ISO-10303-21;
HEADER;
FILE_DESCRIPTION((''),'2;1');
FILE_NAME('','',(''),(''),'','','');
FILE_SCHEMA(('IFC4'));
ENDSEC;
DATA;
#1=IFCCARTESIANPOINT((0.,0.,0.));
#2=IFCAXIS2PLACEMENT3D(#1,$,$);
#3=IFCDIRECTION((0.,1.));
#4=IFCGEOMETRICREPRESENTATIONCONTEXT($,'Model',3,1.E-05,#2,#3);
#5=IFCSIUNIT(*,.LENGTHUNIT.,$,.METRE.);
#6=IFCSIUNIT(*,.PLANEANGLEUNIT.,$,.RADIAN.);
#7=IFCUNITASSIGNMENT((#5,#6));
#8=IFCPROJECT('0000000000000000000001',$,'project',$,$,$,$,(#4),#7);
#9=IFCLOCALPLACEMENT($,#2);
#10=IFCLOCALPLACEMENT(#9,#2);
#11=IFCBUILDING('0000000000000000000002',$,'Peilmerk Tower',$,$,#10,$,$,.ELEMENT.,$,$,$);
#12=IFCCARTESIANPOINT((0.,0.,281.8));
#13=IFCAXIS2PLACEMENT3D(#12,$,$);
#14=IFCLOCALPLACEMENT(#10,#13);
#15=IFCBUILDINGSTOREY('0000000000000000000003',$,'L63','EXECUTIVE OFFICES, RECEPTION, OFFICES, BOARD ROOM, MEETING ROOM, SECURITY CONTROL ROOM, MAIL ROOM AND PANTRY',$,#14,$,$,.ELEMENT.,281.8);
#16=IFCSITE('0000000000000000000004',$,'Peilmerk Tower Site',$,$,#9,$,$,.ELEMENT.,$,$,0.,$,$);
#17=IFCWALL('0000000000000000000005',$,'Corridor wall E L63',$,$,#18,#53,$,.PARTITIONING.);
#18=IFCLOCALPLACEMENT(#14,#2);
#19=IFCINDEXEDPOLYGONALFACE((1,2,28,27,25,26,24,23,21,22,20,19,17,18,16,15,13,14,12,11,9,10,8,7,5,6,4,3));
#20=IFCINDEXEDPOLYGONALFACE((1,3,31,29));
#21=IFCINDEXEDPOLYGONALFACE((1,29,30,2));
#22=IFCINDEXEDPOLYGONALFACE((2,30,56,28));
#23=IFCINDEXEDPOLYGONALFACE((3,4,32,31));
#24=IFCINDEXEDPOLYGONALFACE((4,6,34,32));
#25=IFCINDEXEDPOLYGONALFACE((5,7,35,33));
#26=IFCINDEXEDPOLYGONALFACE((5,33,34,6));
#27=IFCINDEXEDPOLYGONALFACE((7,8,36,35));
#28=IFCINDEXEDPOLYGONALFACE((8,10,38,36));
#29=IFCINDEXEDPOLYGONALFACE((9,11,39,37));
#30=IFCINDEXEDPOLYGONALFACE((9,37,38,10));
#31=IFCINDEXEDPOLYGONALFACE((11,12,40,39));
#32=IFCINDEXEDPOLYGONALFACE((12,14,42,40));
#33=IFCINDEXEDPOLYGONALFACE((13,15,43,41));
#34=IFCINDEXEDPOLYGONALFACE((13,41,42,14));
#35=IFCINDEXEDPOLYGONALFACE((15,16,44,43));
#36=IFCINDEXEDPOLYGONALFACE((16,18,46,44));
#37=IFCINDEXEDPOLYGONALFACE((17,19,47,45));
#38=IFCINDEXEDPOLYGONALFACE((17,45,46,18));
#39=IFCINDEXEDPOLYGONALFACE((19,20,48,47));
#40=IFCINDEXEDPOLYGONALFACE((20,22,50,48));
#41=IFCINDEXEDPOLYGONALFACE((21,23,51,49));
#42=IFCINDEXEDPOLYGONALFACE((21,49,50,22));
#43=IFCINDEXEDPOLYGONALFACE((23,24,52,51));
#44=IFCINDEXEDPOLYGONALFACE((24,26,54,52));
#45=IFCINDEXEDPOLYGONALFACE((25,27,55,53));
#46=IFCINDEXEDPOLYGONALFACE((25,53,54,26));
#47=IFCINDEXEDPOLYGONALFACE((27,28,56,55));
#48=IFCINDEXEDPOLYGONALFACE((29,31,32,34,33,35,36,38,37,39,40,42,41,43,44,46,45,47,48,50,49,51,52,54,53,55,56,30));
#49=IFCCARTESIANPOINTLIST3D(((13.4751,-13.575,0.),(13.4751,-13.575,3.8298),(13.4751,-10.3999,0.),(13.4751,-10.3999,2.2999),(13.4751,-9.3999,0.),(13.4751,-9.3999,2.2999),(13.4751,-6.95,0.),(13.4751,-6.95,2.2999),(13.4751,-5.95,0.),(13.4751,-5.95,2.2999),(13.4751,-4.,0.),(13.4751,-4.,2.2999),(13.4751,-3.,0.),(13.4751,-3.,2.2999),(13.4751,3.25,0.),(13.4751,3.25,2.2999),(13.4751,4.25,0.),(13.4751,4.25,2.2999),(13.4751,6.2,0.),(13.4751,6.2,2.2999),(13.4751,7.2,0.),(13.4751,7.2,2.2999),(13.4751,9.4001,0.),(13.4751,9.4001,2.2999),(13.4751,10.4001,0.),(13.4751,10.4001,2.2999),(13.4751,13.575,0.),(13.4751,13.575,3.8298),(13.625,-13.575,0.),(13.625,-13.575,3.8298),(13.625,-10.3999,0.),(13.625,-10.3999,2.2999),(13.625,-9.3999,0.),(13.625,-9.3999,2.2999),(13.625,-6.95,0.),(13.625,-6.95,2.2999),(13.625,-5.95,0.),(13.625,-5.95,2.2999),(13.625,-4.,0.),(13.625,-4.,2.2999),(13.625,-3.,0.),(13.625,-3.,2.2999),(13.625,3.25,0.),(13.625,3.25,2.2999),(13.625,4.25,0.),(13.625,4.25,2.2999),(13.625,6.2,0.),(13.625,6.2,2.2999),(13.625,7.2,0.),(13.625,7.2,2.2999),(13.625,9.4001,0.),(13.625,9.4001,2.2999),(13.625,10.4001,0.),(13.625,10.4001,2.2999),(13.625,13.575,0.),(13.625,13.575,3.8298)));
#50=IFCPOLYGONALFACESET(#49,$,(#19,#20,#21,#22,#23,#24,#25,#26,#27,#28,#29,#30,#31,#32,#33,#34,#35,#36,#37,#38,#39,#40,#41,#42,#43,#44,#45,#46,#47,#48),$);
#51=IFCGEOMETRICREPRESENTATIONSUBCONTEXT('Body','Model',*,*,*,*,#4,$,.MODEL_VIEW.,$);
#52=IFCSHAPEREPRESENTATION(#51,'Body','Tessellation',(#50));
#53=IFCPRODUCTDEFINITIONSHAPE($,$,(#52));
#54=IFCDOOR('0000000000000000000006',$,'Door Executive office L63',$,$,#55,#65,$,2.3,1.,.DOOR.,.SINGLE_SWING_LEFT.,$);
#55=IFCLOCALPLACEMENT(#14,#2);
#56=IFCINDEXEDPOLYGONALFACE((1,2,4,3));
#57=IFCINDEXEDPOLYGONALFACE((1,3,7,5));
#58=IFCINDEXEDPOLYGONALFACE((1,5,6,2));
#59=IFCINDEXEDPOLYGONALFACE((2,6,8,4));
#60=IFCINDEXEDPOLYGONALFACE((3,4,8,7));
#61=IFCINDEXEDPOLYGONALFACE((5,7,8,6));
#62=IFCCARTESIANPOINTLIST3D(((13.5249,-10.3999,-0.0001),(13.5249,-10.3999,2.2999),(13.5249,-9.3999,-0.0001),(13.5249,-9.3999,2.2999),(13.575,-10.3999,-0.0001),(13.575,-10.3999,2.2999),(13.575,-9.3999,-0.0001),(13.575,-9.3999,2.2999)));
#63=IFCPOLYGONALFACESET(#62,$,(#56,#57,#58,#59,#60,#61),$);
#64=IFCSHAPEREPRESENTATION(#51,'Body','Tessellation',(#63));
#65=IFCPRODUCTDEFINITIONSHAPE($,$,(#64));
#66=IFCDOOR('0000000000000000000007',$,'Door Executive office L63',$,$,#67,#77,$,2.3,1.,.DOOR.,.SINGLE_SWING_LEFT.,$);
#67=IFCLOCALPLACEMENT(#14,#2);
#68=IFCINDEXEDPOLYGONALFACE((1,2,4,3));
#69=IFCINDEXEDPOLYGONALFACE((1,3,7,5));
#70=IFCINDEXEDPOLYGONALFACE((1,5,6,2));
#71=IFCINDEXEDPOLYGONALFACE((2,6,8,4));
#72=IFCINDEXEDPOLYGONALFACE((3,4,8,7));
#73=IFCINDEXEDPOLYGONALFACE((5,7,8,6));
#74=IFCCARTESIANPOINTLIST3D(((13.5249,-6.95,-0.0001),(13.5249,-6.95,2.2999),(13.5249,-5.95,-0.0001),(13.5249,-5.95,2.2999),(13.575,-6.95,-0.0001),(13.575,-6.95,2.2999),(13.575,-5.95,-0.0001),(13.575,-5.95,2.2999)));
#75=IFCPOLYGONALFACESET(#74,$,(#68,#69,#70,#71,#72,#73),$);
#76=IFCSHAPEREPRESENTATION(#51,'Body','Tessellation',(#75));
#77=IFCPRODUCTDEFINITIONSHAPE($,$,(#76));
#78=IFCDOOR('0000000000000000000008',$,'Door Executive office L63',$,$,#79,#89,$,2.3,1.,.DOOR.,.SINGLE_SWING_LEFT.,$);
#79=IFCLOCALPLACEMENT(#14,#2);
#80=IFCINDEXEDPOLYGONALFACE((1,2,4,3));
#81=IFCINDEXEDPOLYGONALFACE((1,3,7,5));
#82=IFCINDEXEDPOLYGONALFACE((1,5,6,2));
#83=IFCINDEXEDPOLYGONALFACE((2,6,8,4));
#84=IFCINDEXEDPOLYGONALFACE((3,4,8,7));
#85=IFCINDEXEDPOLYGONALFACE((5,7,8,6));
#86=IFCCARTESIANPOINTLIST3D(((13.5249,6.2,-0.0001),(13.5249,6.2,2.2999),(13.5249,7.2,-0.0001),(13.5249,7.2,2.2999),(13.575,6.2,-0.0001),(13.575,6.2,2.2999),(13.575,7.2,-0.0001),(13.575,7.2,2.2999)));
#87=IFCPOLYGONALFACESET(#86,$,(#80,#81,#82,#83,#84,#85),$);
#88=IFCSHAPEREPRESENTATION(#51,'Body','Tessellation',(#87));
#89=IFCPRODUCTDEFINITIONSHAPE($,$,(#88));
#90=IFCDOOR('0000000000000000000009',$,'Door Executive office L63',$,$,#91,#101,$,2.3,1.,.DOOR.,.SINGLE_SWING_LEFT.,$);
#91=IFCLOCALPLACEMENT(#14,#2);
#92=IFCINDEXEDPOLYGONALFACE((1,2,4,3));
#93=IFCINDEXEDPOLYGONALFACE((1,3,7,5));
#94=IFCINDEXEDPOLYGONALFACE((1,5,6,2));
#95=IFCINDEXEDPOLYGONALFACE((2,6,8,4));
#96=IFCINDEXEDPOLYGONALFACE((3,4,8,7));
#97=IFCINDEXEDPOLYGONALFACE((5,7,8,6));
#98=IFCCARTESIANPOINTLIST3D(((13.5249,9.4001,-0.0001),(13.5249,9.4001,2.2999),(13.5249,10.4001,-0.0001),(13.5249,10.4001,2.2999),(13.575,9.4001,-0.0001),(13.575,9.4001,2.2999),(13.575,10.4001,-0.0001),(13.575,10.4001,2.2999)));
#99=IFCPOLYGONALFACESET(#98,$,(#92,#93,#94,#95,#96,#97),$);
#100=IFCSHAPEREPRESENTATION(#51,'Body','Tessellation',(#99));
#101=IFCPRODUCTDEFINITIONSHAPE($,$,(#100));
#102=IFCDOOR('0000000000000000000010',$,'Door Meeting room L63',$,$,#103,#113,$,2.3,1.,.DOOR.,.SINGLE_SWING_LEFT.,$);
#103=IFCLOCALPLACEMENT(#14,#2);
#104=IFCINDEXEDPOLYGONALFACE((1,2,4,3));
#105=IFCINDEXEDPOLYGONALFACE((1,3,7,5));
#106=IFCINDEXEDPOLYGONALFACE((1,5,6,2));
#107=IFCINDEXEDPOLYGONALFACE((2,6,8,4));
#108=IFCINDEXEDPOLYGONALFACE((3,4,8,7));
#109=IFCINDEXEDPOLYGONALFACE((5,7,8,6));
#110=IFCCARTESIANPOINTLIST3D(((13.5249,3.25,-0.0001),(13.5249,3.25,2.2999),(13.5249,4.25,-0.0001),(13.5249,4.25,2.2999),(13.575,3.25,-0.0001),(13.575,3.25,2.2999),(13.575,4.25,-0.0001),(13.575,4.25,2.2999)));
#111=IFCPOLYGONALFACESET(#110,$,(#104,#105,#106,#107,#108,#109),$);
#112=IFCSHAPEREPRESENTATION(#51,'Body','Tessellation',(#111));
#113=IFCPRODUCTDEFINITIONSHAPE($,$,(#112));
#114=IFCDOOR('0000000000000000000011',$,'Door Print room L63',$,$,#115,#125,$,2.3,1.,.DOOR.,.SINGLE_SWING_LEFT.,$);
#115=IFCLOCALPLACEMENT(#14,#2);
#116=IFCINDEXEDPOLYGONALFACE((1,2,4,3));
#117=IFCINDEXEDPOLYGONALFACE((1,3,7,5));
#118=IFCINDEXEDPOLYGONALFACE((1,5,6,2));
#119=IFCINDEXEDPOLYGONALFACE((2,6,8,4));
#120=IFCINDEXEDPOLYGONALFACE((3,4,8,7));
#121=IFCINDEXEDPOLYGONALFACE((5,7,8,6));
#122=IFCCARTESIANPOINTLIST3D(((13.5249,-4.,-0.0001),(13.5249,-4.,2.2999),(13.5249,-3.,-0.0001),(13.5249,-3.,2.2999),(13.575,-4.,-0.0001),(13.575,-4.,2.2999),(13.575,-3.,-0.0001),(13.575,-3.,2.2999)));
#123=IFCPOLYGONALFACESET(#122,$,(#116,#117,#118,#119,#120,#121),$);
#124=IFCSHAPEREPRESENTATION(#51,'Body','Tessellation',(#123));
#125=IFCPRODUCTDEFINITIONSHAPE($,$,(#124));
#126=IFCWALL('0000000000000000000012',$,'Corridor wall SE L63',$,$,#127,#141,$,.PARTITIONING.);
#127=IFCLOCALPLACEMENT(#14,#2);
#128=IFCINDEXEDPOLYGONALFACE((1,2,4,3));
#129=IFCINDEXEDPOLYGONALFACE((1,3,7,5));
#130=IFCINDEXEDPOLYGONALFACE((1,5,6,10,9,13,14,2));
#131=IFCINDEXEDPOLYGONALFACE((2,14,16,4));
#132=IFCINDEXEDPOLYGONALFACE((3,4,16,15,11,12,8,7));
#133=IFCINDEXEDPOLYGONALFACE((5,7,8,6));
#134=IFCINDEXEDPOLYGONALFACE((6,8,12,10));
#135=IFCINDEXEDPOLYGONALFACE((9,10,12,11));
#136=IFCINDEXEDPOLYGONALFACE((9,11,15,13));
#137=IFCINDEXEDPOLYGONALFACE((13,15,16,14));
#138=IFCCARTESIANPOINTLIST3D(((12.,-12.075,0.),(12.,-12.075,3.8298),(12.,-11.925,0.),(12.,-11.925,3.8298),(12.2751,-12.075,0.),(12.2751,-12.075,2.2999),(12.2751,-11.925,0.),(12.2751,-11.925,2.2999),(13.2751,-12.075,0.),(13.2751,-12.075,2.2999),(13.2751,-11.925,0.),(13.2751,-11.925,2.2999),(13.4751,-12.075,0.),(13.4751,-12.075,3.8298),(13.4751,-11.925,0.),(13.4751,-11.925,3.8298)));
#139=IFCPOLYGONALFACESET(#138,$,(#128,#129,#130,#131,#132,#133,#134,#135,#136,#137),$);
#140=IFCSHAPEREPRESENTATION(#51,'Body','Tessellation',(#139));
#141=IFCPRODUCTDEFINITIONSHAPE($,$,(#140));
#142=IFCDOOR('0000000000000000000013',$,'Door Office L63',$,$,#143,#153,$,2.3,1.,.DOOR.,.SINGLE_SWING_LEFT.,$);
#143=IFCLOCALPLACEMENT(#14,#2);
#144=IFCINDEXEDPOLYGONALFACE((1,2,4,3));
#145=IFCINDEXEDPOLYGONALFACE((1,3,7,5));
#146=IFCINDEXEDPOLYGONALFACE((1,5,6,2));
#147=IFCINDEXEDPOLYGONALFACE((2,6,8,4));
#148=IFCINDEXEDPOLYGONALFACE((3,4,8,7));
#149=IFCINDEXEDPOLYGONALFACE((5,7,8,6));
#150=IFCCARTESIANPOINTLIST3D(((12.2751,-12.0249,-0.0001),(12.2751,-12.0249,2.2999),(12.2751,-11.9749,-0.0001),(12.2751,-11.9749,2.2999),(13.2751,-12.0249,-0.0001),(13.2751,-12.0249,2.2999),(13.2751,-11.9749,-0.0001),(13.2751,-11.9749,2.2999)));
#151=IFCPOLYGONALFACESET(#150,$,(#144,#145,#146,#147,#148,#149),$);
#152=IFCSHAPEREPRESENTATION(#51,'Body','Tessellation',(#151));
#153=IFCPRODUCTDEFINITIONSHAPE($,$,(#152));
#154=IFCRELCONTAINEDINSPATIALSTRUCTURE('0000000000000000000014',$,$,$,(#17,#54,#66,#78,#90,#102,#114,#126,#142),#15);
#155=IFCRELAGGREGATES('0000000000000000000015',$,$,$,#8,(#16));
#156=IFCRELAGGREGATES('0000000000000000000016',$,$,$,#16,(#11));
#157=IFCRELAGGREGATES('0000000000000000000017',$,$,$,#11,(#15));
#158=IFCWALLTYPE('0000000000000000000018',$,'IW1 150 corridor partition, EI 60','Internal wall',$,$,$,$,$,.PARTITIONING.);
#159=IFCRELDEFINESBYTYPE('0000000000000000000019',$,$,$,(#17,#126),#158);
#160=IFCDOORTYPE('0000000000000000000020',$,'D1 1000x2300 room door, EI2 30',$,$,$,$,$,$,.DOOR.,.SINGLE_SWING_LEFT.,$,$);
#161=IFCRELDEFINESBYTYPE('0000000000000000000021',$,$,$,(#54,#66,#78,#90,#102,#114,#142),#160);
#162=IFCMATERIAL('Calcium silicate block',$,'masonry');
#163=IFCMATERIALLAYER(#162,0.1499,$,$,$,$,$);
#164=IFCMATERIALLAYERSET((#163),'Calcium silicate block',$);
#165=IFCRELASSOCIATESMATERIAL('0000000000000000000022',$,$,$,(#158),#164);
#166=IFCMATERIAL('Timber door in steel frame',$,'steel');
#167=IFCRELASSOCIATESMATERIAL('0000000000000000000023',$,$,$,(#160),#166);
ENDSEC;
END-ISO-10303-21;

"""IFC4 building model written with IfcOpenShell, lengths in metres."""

from ifc_helpers import new_model, si_unit, direction, frame, frame_2d, origin, place, context, subcontext, project, spatial, rectangle, extrude, material, layer, layer_set, type_object, element, fill, save


model = new_model("IFC4")

# Units and contexts
model_context = context("Model", 3, precision=1e-05, world=origin(), true_north=direction((0.0, 1.0)))
body_context = subcontext(model_context, "Body", "Model", "MODEL_VIEW")
ifc_project = project(units=[si_unit("LENGTHUNIT", "METRE"), si_unit("PLANEANGLEUNIT", "RADIAN")], contexts=[model_context])

# Site, building, storey
site_placement = place(None, origin())
site = spatial("IfcSite", under=ifc_project, at=site_placement, Name="Peilmerk Tower Site", CompositionType="ELEMENT", RefElevation=0.0)
building_placement = place(site_placement, origin())
building = spatial("IfcBuilding", under=site, at=building_placement, Name="Peilmerk Tower", CompositionType="ELEMENT")
storey_placement = place(building_placement, frame((0.0, 0.0, 281.8)))
storey = spatial("IfcBuildingStorey", under=building, at=storey_placement, Name="L63", Description="EXECUTIVE OFFICES, RECEPTION, OFFICES, BOARD ROOM, MEETING ROOM, SECURITY CONTROL ROOM, MAIL ROOM AND PANTRY", CompositionType="ELEMENT", Elevation=281.8)

# Wall, openings, doors
ifc_material_1 = material(Name="Calcium silicate block", Category="masonry")
ifc_layer_1 = layer(ifc_material_1, 0.1499)
ifc_layer_set_1 = layer_set([ifc_layer_1], Name="Calcium silicate block")
wall_type_1 = type_object("IfcWallType", Name="IW1 150 corridor partition, EI 60", Description="Internal wall", PredefinedType="PARTITIONING", material=ifc_layer_set_1)
wall_1_placement = place(storey_placement, frame((13.55, -13.575, 0.0), z_axis=(0.0, 0.0, 1.0), x_axis=(0.0, 1.0, 0.0)))
wall_1 = element("IfcWall", 1, at=wall_1_placement, inside=storey, type_object=wall_type_1, Name="Corridor wall E L63", PredefinedType="PARTITIONING", context=body_context, shape_type="SweptSolid", body=[
    extrude(rectangle(XDim=27.1499, YDim=0.1499, at=frame_2d((13.575, 0.0))), origin(), (0.0, 0.0, 1.0), 3.8298),
])
opening_1_placement = place(wall_1_placement, frame((3.175, 0.0, 0.0)))
opening_1 = element("IfcOpeningElement", 2, at=opening_1_placement, cuts=wall_1, PredefinedType="OPENING", context=body_context, shape_type="SweptSolid", body=[
    extrude(rectangle(XDim=1.0, YDim=2.3, at=frame_2d((0.5, 1.1499))), frame((0.0, 0.085, 0.0), z_axis=(0.0, -1.0, 0.0), x_axis=(1.0, 0.0, 0.0)), (0.0, 0.0, 1.0), 0.1699),
])
opening_2_placement = place(wall_1_placement, frame((6.625, 0.0, 0.0)))
opening_2 = element("IfcOpeningElement", 3, at=opening_2_placement, cuts=wall_1, PredefinedType="OPENING", context=body_context, shape_type="SweptSolid", body=[
    extrude(rectangle(XDim=1.0, YDim=2.3, at=frame_2d((0.5, 1.1499))), frame((0.0, 0.085, 0.0), z_axis=(0.0, -1.0, 0.0), x_axis=(1.0, 0.0, 0.0)), (0.0, 0.0, 1.0), 0.1699),
])
opening_3_placement = place(wall_1_placement, frame((19.7749, 0.0, 0.0)))
opening_3 = element("IfcOpeningElement", 4, at=opening_3_placement, cuts=wall_1, PredefinedType="OPENING", context=body_context, shape_type="SweptSolid", body=[
    extrude(rectangle(XDim=1.0, YDim=2.3, at=frame_2d((0.5, 1.1499))), frame((0.0, 0.085, 0.0), z_axis=(0.0, -1.0, 0.0), x_axis=(1.0, 0.0, 0.0)), (0.0, 0.0, 1.0), 0.1699),
])
opening_4_placement = place(wall_1_placement, frame((22.9751, 0.0, 0.0)))
opening_4 = element("IfcOpeningElement", 5, at=opening_4_placement, cuts=wall_1, PredefinedType="OPENING", context=body_context, shape_type="SweptSolid", body=[
    extrude(rectangle(XDim=1.0, YDim=2.3, at=frame_2d((0.5, 1.1499))), frame((0.0, 0.085, 0.0), z_axis=(0.0, -1.0, 0.0), x_axis=(1.0, 0.0, 0.0)), (0.0, 0.0, 1.0), 0.1699),
])
opening_5_placement = place(wall_1_placement, frame((16.825, 0.0, 0.0)))
opening_5 = element("IfcOpeningElement", 6, at=opening_5_placement, cuts=wall_1, PredefinedType="OPENING", context=body_context, shape_type="SweptSolid", body=[
    extrude(rectangle(XDim=1.0, YDim=2.3, at=frame_2d((0.5, 1.1499))), frame((0.0, 0.085, 0.0), z_axis=(0.0, -1.0, 0.0), x_axis=(1.0, 0.0, 0.0)), (0.0, 0.0, 1.0), 0.1699),
])
opening_6_placement = place(wall_1_placement, frame((9.575, 0.0, 0.0)))
opening_6 = element("IfcOpeningElement", 7, at=opening_6_placement, cuts=wall_1, PredefinedType="OPENING", context=body_context, shape_type="SweptSolid", body=[
    extrude(rectangle(XDim=1.0, YDim=2.3, at=frame_2d((0.5, 1.1499))), frame((0.0, 0.085, 0.0), z_axis=(0.0, -1.0, 0.0), x_axis=(1.0, 0.0, 0.0)), (0.0, 0.0, 1.0), 0.1699),
])
ifc_material_2 = material(Name="Timber door in steel frame", Category="steel")
door_type_1 = type_object("IfcDoorType", Name="D1 1000x2300 room door, EI2 30", OperationType="SINGLE_SWING_LEFT", PredefinedType="DOOR", material=ifc_material_2)
door_1_placement = place(opening_1_placement, frame((1.0, 0.0, 0.0), z_axis=(0.0, 0.0, 1.0), x_axis=(-1.0, 0.0, 0.0)))
door_1 = element("IfcDoor", 8, at=door_1_placement, inside=storey, type_object=door_type_1, Name="Door Executive office L63", OperationType="SINGLE_SWING_LEFT", OverallHeight=2.3, OverallWidth=1.0, PredefinedType="DOOR", context=body_context, shape_type="SweptSolid", body=[
    extrude(rectangle(XDim=1.0, YDim=2.3, at=frame_2d((0.5, 1.1499))), frame((0.0, 0.0249, 0.0), z_axis=(0.0, -1.0, 0.0), x_axis=(1.0, 0.0, 0.0)), (0.0, 0.0, 1.0), 0.05),
])
fill(opening_1, door_1)
door_2_placement = place(opening_2_placement, frame((1.0, 0.0, 0.0), z_axis=(0.0, 0.0, 1.0), x_axis=(-1.0, 0.0, 0.0)))
door_2 = element("IfcDoor", 9, at=door_2_placement, inside=storey, type_object=door_type_1, Name="Door Executive office L63", OperationType="SINGLE_SWING_LEFT", OverallHeight=2.3, OverallWidth=1.0, PredefinedType="DOOR", context=body_context, shape_type="SweptSolid", body=[
    extrude(rectangle(XDim=1.0, YDim=2.3, at=frame_2d((0.5, 1.1499))), frame((0.0, 0.0249, 0.0), z_axis=(0.0, -1.0, 0.0), x_axis=(1.0, 0.0, 0.0)), (0.0, 0.0, 1.0), 0.05),
])
fill(opening_2, door_2)
door_3_placement = place(opening_3_placement, frame((1.0, 0.0, 0.0), z_axis=(0.0, 0.0, 1.0), x_axis=(-1.0, 0.0, 0.0)))
door_3 = element("IfcDoor", 10, at=door_3_placement, inside=storey, type_object=door_type_1, Name="Door Executive office L63", OperationType="SINGLE_SWING_LEFT", OverallHeight=2.3, OverallWidth=1.0, PredefinedType="DOOR", context=body_context, shape_type="SweptSolid", body=[
    extrude(rectangle(XDim=1.0, YDim=2.3, at=frame_2d((0.5, 1.1499))), frame((0.0, 0.0249, 0.0), z_axis=(0.0, -1.0, 0.0), x_axis=(1.0, 0.0, 0.0)), (0.0, 0.0, 1.0), 0.05),
])
fill(opening_3, door_3)
door_4_placement = place(opening_4_placement, frame((1.0, 0.0, 0.0), z_axis=(0.0, 0.0, 1.0), x_axis=(-1.0, 0.0, 0.0)))
door_4 = element("IfcDoor", 11, at=door_4_placement, inside=storey, type_object=door_type_1, Name="Door Executive office L63", OperationType="SINGLE_SWING_LEFT", OverallHeight=2.3, OverallWidth=1.0, PredefinedType="DOOR", context=body_context, shape_type="SweptSolid", body=[
    extrude(rectangle(XDim=1.0, YDim=2.3, at=frame_2d((0.5, 1.1499))), frame((0.0, 0.0249, 0.0), z_axis=(0.0, -1.0, 0.0), x_axis=(1.0, 0.0, 0.0)), (0.0, 0.0, 1.0), 0.05),
])
fill(opening_4, door_4)
door_5_placement = place(opening_5_placement, frame((1.0, 0.0, 0.0), z_axis=(0.0, 0.0, 1.0), x_axis=(-1.0, 0.0, 0.0)))
door_5 = element("IfcDoor", 12, at=door_5_placement, inside=storey, type_object=door_type_1, Name="Door Meeting room L63", OperationType="SINGLE_SWING_LEFT", OverallHeight=2.3, OverallWidth=1.0, PredefinedType="DOOR", context=body_context, shape_type="SweptSolid", body=[
    extrude(rectangle(XDim=1.0, YDim=2.3, at=frame_2d((0.5, 1.1499))), frame((0.0, 0.0249, 0.0), z_axis=(0.0, -1.0, 0.0), x_axis=(1.0, 0.0, 0.0)), (0.0, 0.0, 1.0), 0.05),
])
fill(opening_5, door_5)
door_6_placement = place(opening_6_placement, frame((1.0, 0.0, 0.0), z_axis=(0.0, 0.0, 1.0), x_axis=(-1.0, 0.0, 0.0)))
door_6 = element("IfcDoor", 13, at=door_6_placement, inside=storey, type_object=door_type_1, Name="Door Print room L63", OperationType="SINGLE_SWING_LEFT", OverallHeight=2.3, OverallWidth=1.0, PredefinedType="DOOR", context=body_context, shape_type="SweptSolid", body=[
    extrude(rectangle(XDim=1.0, YDim=2.3, at=frame_2d((0.5, 1.1499))), frame((0.0, 0.0249, 0.0), z_axis=(0.0, -1.0, 0.0), x_axis=(1.0, 0.0, 0.0)), (0.0, 0.0, 1.0), 0.05),
])
fill(opening_6, door_6)

# Wall, opening, door
wall_2_placement = place(storey_placement, frame((13.4751, -12.0, 0.0), z_axis=(0.0, 0.0, 1.0), x_axis=(-1.0, 0.0, 0.0)))
wall_2 = element("IfcWall", 14, at=wall_2_placement, inside=storey, type_object=wall_type_1, Name="Corridor wall SE L63", PredefinedType="PARTITIONING", context=body_context, shape_type="SweptSolid", body=[
    extrude(rectangle(XDim=1.4751, YDim=0.1499, at=frame_2d((0.7375, 0.0))), origin(), (0.0, 0.0, 1.0), 3.8298),
])
opening_7_placement = place(wall_2_placement, frame((0.2, 0.0, 0.0)))
opening_7 = element("IfcOpeningElement", 15, at=opening_7_placement, cuts=wall_2, PredefinedType="OPENING", context=body_context, shape_type="SweptSolid", body=[
    extrude(rectangle(XDim=1.0, YDim=2.3, at=frame_2d((0.5, 1.1499))), frame((0.0, 0.085, 0.0), z_axis=(0.0, -1.0, 0.0), x_axis=(1.0, 0.0, 0.0)), (0.0, 0.0, 1.0), 0.1699),
])
door_7_placement = place(opening_7_placement, origin())
door_7 = element("IfcDoor", 16, at=door_7_placement, inside=storey, type_object=door_type_1, Name="Door Office L63", OperationType="SINGLE_SWING_LEFT", OverallHeight=2.3, OverallWidth=1.0, PredefinedType="DOOR", context=body_context, shape_type="SweptSolid", body=[
    extrude(rectangle(XDim=1.0, YDim=2.3, at=frame_2d((0.5, 1.1499))), frame((0.0, 0.0249, 0.0), z_axis=(0.0, -1.0, 0.0), x_axis=(1.0, 0.0, 0.0)), (0.0, 0.0, 1.0), 0.05),
])
fill(opening_7, door_7)

save(model, "model.ifc")
